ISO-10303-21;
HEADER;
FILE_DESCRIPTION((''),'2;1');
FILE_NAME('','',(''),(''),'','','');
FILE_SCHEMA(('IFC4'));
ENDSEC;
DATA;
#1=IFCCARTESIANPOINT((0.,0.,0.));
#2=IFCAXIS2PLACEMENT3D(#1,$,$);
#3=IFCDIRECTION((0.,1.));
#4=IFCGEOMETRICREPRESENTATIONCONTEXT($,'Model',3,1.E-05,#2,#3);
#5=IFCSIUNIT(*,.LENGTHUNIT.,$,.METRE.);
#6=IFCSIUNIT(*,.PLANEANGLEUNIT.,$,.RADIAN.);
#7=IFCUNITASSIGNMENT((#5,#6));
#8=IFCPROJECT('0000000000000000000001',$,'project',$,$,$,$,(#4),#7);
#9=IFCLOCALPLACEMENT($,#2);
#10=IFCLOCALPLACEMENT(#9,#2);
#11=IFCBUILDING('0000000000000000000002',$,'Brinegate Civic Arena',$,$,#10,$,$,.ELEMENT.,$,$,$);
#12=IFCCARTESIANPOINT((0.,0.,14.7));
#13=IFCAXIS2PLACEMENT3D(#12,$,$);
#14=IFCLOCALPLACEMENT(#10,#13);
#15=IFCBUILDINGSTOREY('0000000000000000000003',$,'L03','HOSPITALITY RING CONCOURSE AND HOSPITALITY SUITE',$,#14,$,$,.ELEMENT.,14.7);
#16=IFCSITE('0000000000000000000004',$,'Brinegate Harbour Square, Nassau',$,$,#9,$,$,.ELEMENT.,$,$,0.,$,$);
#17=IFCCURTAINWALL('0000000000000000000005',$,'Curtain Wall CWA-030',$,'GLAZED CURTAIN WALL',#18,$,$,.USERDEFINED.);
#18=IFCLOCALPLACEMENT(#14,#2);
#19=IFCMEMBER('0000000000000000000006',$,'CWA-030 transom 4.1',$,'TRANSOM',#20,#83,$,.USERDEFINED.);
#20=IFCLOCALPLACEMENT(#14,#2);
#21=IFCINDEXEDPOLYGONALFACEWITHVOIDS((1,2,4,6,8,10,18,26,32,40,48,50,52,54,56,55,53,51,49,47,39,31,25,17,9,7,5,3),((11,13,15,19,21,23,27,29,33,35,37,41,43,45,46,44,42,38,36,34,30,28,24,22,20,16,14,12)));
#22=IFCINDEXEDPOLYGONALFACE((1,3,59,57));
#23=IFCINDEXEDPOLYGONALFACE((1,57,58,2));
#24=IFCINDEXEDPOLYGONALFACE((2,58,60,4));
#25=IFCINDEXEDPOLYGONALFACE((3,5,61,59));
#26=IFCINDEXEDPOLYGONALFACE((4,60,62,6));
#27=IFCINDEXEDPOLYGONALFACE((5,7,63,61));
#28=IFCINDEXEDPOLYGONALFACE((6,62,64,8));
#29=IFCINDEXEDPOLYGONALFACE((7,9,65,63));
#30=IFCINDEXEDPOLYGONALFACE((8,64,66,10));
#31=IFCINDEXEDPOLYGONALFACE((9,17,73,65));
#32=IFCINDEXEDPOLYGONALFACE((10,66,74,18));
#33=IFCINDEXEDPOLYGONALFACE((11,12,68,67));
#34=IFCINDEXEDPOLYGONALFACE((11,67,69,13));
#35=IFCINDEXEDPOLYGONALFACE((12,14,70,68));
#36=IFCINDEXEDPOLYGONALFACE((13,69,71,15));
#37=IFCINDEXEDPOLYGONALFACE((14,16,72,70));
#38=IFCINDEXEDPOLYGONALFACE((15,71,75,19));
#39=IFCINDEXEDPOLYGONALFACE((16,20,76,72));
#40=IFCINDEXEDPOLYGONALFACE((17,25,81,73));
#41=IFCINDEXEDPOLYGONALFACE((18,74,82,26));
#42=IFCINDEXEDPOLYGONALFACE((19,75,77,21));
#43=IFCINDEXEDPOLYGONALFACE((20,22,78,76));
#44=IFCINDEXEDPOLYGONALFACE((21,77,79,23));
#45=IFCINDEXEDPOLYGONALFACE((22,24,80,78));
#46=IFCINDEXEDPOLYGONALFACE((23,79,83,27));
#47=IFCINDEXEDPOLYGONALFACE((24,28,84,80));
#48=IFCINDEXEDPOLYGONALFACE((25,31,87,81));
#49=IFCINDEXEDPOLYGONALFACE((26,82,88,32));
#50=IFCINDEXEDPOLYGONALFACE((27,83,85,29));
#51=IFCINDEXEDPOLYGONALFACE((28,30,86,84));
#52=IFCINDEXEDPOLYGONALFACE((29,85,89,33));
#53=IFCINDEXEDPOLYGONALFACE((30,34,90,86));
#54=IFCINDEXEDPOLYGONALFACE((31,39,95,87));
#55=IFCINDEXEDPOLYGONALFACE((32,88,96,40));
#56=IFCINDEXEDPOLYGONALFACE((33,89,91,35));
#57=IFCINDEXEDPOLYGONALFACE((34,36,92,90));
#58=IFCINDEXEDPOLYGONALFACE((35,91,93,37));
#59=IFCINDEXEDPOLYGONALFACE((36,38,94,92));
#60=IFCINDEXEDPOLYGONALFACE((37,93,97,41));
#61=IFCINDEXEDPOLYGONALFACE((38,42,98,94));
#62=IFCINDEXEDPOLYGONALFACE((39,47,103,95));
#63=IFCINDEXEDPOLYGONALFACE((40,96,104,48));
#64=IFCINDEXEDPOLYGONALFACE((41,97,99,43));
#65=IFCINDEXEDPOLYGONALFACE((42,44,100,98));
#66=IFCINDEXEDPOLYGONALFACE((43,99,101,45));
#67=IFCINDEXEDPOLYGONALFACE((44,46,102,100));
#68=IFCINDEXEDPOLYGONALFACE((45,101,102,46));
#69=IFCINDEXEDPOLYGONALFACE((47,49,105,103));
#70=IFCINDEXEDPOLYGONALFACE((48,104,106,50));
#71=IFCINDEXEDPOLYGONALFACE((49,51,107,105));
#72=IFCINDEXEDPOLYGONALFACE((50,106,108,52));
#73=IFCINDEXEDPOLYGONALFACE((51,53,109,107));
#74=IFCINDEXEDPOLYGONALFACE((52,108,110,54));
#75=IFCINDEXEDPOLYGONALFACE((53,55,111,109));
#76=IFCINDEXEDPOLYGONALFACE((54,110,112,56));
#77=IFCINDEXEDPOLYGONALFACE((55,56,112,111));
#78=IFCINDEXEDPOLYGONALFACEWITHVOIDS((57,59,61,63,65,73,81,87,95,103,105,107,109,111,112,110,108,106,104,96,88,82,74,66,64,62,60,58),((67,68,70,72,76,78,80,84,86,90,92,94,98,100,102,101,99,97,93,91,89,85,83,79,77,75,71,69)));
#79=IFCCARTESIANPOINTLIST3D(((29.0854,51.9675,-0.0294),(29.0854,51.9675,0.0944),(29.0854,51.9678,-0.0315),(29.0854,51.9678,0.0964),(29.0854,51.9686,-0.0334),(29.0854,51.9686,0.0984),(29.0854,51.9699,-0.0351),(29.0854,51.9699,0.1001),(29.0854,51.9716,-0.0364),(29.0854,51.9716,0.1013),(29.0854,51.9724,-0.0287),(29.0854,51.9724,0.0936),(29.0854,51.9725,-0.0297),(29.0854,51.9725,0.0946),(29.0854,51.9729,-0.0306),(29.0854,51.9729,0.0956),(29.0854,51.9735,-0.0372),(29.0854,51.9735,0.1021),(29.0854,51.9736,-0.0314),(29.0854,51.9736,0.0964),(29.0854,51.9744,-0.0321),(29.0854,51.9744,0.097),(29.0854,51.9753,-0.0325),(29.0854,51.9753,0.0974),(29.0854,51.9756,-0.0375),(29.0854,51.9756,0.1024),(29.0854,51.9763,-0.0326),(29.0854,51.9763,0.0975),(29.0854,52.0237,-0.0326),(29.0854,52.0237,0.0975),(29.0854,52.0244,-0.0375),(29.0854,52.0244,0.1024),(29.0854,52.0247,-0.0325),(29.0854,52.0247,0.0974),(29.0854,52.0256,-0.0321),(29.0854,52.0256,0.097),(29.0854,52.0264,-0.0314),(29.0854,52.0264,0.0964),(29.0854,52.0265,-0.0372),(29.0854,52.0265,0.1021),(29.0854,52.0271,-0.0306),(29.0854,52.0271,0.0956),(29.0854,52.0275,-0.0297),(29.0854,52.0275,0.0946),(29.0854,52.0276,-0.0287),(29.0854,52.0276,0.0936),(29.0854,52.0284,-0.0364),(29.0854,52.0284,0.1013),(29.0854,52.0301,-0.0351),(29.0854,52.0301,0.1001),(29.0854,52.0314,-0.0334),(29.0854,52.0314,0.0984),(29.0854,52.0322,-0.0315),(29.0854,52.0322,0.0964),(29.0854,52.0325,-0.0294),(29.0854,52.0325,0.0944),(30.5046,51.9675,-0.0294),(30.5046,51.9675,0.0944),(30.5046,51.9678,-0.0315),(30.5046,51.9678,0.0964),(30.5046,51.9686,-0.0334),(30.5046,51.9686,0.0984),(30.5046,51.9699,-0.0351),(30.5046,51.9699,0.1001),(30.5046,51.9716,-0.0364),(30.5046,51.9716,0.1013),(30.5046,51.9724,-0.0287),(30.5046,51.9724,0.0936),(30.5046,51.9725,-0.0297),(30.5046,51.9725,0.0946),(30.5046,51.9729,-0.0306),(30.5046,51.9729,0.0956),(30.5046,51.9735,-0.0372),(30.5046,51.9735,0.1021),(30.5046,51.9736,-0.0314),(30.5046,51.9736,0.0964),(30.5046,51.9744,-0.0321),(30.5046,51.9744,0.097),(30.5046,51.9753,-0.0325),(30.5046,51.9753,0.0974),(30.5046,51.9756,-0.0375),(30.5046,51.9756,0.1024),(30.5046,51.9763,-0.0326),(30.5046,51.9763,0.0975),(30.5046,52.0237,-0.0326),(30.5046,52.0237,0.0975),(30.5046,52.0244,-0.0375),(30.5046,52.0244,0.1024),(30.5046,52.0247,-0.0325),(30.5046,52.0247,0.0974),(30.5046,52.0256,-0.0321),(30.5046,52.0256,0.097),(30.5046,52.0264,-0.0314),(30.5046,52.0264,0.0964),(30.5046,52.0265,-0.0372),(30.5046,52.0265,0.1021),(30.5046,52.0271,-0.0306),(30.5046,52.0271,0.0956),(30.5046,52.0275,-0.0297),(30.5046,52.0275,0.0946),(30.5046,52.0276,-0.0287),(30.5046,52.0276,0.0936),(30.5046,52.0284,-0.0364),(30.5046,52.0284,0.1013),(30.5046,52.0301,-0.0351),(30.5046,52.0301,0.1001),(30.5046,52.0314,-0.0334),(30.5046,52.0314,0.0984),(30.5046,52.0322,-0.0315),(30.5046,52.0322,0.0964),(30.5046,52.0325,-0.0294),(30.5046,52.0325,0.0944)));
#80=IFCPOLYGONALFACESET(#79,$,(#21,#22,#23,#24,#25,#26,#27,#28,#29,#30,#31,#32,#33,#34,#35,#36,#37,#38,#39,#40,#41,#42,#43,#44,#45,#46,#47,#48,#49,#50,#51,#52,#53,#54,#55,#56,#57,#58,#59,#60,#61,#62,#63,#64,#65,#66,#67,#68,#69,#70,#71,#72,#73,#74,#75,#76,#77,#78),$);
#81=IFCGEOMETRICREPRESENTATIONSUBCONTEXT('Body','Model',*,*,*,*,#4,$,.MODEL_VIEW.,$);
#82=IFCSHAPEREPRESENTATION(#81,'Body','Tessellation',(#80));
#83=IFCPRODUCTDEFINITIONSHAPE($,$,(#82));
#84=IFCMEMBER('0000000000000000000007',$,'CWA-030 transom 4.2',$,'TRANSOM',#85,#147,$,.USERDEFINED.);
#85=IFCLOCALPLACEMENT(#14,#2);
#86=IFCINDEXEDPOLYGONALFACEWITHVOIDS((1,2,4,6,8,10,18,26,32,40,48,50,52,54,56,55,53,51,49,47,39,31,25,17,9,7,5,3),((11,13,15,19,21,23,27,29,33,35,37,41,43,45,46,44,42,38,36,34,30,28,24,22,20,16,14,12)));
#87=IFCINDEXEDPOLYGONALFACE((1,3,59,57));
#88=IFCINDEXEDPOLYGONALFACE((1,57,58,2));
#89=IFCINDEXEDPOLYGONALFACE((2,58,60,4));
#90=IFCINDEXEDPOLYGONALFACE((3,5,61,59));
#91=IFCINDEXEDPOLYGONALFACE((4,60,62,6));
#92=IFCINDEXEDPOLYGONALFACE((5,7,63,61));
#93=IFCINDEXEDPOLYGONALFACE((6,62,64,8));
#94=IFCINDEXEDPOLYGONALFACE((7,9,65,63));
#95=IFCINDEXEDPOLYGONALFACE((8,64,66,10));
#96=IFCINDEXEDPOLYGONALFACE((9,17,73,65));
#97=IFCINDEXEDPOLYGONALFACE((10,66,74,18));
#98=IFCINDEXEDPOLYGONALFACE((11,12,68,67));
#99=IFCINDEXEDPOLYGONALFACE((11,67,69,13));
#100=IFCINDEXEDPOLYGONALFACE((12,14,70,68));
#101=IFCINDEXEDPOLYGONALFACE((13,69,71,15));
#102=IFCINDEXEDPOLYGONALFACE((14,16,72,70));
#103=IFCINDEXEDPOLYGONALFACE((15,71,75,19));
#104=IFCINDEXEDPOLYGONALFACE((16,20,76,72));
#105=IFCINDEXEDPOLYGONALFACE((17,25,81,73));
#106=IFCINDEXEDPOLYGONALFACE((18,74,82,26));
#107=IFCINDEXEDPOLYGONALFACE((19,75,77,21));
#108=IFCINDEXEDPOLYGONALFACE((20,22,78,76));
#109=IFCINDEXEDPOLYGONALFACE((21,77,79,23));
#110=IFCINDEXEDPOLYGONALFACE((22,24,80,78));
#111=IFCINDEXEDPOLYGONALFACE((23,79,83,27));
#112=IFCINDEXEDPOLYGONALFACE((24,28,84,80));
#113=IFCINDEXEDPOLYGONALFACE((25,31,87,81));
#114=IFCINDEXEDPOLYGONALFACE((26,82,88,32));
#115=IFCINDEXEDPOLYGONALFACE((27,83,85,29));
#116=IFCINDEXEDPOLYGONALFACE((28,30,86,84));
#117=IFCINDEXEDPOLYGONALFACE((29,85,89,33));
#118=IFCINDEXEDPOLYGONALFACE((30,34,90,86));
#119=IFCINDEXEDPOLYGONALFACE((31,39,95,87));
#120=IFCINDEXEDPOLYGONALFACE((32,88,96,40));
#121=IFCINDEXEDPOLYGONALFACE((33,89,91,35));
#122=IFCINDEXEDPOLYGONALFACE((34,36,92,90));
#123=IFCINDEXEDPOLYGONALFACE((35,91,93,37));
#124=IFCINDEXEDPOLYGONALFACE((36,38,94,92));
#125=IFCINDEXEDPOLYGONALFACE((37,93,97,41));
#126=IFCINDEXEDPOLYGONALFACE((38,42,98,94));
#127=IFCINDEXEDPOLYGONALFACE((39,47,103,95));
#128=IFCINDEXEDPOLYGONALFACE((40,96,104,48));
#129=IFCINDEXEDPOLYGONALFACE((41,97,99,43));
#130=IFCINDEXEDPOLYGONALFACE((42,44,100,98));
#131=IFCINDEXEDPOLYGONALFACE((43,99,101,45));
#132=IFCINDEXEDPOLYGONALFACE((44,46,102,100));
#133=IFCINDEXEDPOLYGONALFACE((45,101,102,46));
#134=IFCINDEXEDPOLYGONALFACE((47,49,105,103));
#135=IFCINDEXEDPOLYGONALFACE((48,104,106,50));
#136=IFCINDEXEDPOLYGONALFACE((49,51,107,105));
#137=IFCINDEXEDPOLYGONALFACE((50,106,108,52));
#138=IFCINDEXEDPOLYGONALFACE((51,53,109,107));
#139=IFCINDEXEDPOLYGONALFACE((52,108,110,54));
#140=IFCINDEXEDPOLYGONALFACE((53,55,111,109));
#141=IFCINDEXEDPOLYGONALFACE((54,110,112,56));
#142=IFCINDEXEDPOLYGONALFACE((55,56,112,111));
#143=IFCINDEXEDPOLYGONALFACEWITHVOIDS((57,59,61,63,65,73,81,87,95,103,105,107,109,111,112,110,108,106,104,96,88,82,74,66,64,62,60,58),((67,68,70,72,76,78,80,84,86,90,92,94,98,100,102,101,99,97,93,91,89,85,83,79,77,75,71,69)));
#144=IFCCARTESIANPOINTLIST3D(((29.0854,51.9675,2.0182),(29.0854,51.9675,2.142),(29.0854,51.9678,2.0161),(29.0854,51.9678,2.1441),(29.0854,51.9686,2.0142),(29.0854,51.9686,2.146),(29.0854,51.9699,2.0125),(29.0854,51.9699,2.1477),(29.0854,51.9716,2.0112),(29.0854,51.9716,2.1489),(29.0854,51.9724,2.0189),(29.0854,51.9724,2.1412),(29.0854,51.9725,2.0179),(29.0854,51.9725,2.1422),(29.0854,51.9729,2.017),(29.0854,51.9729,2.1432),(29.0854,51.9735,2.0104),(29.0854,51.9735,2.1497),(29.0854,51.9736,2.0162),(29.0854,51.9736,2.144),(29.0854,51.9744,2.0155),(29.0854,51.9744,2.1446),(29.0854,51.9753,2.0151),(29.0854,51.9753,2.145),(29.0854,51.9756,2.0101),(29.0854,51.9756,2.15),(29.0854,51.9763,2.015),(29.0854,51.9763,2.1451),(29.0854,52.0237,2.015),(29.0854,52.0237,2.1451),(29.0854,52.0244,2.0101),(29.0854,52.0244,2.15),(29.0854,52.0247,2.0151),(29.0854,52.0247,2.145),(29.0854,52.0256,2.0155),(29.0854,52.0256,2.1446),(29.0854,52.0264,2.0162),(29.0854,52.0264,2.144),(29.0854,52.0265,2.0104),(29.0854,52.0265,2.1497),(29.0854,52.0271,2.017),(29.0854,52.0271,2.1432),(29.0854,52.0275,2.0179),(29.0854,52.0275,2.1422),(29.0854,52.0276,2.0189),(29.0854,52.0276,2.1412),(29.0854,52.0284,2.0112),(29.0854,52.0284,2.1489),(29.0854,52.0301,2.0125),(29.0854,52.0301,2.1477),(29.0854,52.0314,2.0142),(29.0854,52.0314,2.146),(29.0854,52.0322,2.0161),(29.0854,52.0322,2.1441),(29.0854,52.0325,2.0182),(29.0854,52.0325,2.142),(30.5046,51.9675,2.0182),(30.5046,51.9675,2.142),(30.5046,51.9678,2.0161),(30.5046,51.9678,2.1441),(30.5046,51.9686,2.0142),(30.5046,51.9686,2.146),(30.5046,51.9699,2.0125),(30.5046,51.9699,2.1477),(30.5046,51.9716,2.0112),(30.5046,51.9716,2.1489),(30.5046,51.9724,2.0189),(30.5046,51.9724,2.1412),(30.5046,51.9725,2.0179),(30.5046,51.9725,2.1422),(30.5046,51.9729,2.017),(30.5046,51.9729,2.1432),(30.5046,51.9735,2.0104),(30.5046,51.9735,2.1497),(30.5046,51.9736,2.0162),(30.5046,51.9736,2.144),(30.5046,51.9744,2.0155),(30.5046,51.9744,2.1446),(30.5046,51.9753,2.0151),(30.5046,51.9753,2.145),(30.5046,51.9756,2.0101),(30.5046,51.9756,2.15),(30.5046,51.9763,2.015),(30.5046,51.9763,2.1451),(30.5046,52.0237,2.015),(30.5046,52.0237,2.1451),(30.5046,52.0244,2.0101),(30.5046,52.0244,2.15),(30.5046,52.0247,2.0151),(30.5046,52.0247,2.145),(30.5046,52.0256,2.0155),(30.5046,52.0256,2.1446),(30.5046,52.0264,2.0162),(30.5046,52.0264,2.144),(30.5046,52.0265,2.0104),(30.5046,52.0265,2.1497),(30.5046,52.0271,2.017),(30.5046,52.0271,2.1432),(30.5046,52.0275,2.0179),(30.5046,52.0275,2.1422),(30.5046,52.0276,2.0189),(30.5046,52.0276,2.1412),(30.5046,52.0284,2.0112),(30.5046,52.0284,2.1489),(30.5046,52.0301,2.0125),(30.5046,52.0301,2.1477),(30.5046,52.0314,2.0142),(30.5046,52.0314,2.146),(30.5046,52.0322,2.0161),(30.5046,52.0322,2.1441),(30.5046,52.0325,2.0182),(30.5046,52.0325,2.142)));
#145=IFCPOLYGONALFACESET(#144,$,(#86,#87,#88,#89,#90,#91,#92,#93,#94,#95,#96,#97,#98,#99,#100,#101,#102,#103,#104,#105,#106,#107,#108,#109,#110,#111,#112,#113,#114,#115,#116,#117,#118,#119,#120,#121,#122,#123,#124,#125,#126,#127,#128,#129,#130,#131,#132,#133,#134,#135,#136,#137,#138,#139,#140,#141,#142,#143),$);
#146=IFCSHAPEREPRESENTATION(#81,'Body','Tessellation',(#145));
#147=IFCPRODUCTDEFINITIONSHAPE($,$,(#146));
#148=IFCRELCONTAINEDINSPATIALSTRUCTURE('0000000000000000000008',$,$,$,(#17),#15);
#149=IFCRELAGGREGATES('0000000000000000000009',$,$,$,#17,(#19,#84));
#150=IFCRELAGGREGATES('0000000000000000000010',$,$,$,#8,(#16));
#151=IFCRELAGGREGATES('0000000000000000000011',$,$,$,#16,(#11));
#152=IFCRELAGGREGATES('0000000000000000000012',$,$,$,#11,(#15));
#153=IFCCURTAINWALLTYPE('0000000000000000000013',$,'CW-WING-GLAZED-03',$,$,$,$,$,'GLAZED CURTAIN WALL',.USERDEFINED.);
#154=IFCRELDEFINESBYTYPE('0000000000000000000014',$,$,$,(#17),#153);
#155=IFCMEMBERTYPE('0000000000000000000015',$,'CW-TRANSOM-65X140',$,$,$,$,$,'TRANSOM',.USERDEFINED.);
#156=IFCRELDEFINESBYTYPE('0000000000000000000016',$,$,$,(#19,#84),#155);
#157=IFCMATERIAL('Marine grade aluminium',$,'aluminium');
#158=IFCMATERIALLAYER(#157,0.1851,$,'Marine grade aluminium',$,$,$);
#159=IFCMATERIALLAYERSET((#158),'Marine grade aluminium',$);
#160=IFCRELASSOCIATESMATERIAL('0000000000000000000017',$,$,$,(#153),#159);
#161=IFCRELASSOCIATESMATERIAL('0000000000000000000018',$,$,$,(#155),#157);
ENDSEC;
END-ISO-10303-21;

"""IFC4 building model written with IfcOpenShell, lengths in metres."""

from ifc_helpers import new_model, si_unit, direction, frame, origin, origin_2d, place, context, subcontext, project, spatial, hollow_rectangle, extrude, material, layer, layer_set, material_profile, profile_set, type_object, element, aggregate, save


model = new_model("IFC4")

# Units and contexts
model_context = context("Model", 3, precision=1e-05, world=origin(), true_north=direction((0.0, 1.0)))
body_context = subcontext(model_context, "Body", "Model", "MODEL_VIEW")
ifc_project = project(units=[si_unit("LENGTHUNIT", "METRE"), si_unit("PLANEANGLEUNIT", "RADIAN")], contexts=[model_context])

# Site, building, storey
site_placement = place(None, origin())
site = spatial("IfcSite", under=ifc_project, at=site_placement, Name="Brinegate Harbour Square, Nassau", CompositionType="ELEMENT", RefElevation=0.0)
building_placement = place(site_placement, origin())
building = spatial("IfcBuilding", under=site, at=building_placement, Name="Brinegate Civic Arena", CompositionType="ELEMENT")
storey_placement = place(building_placement, frame((0.0, 0.0, 14.7)))
storey = spatial("IfcBuildingStorey", under=building, at=storey_placement, Name="L03", Description="HOSPITALITY RING CONCOURSE AND HOSPITALITY SUITE", CompositionType="ELEMENT", Elevation=14.7)

# Curtain wall
ifc_material_1 = material(Name="Marine grade aluminium", Category="aluminium")
ifc_layer_1 = layer(ifc_material_1, 0.1851, Name="Marine grade aluminium")
ifc_layer_set_1 = layer_set([ifc_layer_1], Name="Marine grade aluminium")
curtain_wall_type = type_object("IfcCurtainWallType", Name="CW-WING-GLAZED-03", ElementType="GLAZED CURTAIN WALL", PredefinedType="USERDEFINED", material=ifc_layer_set_1)
curtain_wall_1_placement = place(storey_placement, origin())
curtain_wall_1 = element("IfcCurtainWall", 1, at=curtain_wall_1_placement, inside=storey, type_object=curtain_wall_type, Name="Curtain Wall CWA-030", ObjectType="GLAZED CURTAIN WALL", PredefinedType="USERDEFINED")

# Members
ifc_material_profile_1 = material_profile(ifc_material_1, hollow_rectangle(XDim=0.0649, YDim=0.1399, WallThickness=0.0049, InnerFilletRadius=0.0039, OuterFilletRadius=0.0081, at=origin_2d()), Name="TRN65X140")
ifc_profile_set_1 = profile_set([ifc_material_profile_1], Name="Marine grade aluminium")
member_type_1 = type_object("IfcMemberType", Name="CW-TRANSOM-65X140", ElementType="TRANSOM", PredefinedType="USERDEFINED", material=ifc_profile_set_1)
member_1_placement = place(storey_placement, frame((29.0854, 52.0, 0.0325), z_axis=(1.0, 0.0, 0.0), x_axis=(0.0, 1.0, 0.0)))
member_1 = element("IfcMember", 2, at=member_1_placement, type_object=member_type_1, Name="CWA-030 transom 4.1", ObjectType="TRANSOM", PredefinedType="USERDEFINED", context=body_context, shape_type="SweptSolid", body=[
    extrude(hollow_rectangle(XDim=0.0649, YDim=0.1399, WallThickness=0.0049, InnerFilletRadius=0.0039, OuterFilletRadius=0.0081, at=origin_2d()), origin(), (0.0, 0.0, 1.0), 1.4192),
])
member_2_placement = place(storey_placement, frame((29.0854, 52.0, 2.0801), z_axis=(1.0, 0.0, 0.0), x_axis=(0.0, 1.0, 0.0)))
member_2 = element("IfcMember", 3, at=member_2_placement, type_object=member_type_1, Name="CWA-030 transom 4.2", ObjectType="TRANSOM", PredefinedType="USERDEFINED", context=body_context, shape_type="SweptSolid", body=[
    extrude(hollow_rectangle(XDim=0.0649, YDim=0.1399, WallThickness=0.0049, InnerFilletRadius=0.0039, OuterFilletRadius=0.0081, at=origin_2d()), origin(), (0.0, 0.0, 1.0), 1.4192),
])

aggregate(curtain_wall_1, [member_1, member_2])

save(model, "model.ifc")
